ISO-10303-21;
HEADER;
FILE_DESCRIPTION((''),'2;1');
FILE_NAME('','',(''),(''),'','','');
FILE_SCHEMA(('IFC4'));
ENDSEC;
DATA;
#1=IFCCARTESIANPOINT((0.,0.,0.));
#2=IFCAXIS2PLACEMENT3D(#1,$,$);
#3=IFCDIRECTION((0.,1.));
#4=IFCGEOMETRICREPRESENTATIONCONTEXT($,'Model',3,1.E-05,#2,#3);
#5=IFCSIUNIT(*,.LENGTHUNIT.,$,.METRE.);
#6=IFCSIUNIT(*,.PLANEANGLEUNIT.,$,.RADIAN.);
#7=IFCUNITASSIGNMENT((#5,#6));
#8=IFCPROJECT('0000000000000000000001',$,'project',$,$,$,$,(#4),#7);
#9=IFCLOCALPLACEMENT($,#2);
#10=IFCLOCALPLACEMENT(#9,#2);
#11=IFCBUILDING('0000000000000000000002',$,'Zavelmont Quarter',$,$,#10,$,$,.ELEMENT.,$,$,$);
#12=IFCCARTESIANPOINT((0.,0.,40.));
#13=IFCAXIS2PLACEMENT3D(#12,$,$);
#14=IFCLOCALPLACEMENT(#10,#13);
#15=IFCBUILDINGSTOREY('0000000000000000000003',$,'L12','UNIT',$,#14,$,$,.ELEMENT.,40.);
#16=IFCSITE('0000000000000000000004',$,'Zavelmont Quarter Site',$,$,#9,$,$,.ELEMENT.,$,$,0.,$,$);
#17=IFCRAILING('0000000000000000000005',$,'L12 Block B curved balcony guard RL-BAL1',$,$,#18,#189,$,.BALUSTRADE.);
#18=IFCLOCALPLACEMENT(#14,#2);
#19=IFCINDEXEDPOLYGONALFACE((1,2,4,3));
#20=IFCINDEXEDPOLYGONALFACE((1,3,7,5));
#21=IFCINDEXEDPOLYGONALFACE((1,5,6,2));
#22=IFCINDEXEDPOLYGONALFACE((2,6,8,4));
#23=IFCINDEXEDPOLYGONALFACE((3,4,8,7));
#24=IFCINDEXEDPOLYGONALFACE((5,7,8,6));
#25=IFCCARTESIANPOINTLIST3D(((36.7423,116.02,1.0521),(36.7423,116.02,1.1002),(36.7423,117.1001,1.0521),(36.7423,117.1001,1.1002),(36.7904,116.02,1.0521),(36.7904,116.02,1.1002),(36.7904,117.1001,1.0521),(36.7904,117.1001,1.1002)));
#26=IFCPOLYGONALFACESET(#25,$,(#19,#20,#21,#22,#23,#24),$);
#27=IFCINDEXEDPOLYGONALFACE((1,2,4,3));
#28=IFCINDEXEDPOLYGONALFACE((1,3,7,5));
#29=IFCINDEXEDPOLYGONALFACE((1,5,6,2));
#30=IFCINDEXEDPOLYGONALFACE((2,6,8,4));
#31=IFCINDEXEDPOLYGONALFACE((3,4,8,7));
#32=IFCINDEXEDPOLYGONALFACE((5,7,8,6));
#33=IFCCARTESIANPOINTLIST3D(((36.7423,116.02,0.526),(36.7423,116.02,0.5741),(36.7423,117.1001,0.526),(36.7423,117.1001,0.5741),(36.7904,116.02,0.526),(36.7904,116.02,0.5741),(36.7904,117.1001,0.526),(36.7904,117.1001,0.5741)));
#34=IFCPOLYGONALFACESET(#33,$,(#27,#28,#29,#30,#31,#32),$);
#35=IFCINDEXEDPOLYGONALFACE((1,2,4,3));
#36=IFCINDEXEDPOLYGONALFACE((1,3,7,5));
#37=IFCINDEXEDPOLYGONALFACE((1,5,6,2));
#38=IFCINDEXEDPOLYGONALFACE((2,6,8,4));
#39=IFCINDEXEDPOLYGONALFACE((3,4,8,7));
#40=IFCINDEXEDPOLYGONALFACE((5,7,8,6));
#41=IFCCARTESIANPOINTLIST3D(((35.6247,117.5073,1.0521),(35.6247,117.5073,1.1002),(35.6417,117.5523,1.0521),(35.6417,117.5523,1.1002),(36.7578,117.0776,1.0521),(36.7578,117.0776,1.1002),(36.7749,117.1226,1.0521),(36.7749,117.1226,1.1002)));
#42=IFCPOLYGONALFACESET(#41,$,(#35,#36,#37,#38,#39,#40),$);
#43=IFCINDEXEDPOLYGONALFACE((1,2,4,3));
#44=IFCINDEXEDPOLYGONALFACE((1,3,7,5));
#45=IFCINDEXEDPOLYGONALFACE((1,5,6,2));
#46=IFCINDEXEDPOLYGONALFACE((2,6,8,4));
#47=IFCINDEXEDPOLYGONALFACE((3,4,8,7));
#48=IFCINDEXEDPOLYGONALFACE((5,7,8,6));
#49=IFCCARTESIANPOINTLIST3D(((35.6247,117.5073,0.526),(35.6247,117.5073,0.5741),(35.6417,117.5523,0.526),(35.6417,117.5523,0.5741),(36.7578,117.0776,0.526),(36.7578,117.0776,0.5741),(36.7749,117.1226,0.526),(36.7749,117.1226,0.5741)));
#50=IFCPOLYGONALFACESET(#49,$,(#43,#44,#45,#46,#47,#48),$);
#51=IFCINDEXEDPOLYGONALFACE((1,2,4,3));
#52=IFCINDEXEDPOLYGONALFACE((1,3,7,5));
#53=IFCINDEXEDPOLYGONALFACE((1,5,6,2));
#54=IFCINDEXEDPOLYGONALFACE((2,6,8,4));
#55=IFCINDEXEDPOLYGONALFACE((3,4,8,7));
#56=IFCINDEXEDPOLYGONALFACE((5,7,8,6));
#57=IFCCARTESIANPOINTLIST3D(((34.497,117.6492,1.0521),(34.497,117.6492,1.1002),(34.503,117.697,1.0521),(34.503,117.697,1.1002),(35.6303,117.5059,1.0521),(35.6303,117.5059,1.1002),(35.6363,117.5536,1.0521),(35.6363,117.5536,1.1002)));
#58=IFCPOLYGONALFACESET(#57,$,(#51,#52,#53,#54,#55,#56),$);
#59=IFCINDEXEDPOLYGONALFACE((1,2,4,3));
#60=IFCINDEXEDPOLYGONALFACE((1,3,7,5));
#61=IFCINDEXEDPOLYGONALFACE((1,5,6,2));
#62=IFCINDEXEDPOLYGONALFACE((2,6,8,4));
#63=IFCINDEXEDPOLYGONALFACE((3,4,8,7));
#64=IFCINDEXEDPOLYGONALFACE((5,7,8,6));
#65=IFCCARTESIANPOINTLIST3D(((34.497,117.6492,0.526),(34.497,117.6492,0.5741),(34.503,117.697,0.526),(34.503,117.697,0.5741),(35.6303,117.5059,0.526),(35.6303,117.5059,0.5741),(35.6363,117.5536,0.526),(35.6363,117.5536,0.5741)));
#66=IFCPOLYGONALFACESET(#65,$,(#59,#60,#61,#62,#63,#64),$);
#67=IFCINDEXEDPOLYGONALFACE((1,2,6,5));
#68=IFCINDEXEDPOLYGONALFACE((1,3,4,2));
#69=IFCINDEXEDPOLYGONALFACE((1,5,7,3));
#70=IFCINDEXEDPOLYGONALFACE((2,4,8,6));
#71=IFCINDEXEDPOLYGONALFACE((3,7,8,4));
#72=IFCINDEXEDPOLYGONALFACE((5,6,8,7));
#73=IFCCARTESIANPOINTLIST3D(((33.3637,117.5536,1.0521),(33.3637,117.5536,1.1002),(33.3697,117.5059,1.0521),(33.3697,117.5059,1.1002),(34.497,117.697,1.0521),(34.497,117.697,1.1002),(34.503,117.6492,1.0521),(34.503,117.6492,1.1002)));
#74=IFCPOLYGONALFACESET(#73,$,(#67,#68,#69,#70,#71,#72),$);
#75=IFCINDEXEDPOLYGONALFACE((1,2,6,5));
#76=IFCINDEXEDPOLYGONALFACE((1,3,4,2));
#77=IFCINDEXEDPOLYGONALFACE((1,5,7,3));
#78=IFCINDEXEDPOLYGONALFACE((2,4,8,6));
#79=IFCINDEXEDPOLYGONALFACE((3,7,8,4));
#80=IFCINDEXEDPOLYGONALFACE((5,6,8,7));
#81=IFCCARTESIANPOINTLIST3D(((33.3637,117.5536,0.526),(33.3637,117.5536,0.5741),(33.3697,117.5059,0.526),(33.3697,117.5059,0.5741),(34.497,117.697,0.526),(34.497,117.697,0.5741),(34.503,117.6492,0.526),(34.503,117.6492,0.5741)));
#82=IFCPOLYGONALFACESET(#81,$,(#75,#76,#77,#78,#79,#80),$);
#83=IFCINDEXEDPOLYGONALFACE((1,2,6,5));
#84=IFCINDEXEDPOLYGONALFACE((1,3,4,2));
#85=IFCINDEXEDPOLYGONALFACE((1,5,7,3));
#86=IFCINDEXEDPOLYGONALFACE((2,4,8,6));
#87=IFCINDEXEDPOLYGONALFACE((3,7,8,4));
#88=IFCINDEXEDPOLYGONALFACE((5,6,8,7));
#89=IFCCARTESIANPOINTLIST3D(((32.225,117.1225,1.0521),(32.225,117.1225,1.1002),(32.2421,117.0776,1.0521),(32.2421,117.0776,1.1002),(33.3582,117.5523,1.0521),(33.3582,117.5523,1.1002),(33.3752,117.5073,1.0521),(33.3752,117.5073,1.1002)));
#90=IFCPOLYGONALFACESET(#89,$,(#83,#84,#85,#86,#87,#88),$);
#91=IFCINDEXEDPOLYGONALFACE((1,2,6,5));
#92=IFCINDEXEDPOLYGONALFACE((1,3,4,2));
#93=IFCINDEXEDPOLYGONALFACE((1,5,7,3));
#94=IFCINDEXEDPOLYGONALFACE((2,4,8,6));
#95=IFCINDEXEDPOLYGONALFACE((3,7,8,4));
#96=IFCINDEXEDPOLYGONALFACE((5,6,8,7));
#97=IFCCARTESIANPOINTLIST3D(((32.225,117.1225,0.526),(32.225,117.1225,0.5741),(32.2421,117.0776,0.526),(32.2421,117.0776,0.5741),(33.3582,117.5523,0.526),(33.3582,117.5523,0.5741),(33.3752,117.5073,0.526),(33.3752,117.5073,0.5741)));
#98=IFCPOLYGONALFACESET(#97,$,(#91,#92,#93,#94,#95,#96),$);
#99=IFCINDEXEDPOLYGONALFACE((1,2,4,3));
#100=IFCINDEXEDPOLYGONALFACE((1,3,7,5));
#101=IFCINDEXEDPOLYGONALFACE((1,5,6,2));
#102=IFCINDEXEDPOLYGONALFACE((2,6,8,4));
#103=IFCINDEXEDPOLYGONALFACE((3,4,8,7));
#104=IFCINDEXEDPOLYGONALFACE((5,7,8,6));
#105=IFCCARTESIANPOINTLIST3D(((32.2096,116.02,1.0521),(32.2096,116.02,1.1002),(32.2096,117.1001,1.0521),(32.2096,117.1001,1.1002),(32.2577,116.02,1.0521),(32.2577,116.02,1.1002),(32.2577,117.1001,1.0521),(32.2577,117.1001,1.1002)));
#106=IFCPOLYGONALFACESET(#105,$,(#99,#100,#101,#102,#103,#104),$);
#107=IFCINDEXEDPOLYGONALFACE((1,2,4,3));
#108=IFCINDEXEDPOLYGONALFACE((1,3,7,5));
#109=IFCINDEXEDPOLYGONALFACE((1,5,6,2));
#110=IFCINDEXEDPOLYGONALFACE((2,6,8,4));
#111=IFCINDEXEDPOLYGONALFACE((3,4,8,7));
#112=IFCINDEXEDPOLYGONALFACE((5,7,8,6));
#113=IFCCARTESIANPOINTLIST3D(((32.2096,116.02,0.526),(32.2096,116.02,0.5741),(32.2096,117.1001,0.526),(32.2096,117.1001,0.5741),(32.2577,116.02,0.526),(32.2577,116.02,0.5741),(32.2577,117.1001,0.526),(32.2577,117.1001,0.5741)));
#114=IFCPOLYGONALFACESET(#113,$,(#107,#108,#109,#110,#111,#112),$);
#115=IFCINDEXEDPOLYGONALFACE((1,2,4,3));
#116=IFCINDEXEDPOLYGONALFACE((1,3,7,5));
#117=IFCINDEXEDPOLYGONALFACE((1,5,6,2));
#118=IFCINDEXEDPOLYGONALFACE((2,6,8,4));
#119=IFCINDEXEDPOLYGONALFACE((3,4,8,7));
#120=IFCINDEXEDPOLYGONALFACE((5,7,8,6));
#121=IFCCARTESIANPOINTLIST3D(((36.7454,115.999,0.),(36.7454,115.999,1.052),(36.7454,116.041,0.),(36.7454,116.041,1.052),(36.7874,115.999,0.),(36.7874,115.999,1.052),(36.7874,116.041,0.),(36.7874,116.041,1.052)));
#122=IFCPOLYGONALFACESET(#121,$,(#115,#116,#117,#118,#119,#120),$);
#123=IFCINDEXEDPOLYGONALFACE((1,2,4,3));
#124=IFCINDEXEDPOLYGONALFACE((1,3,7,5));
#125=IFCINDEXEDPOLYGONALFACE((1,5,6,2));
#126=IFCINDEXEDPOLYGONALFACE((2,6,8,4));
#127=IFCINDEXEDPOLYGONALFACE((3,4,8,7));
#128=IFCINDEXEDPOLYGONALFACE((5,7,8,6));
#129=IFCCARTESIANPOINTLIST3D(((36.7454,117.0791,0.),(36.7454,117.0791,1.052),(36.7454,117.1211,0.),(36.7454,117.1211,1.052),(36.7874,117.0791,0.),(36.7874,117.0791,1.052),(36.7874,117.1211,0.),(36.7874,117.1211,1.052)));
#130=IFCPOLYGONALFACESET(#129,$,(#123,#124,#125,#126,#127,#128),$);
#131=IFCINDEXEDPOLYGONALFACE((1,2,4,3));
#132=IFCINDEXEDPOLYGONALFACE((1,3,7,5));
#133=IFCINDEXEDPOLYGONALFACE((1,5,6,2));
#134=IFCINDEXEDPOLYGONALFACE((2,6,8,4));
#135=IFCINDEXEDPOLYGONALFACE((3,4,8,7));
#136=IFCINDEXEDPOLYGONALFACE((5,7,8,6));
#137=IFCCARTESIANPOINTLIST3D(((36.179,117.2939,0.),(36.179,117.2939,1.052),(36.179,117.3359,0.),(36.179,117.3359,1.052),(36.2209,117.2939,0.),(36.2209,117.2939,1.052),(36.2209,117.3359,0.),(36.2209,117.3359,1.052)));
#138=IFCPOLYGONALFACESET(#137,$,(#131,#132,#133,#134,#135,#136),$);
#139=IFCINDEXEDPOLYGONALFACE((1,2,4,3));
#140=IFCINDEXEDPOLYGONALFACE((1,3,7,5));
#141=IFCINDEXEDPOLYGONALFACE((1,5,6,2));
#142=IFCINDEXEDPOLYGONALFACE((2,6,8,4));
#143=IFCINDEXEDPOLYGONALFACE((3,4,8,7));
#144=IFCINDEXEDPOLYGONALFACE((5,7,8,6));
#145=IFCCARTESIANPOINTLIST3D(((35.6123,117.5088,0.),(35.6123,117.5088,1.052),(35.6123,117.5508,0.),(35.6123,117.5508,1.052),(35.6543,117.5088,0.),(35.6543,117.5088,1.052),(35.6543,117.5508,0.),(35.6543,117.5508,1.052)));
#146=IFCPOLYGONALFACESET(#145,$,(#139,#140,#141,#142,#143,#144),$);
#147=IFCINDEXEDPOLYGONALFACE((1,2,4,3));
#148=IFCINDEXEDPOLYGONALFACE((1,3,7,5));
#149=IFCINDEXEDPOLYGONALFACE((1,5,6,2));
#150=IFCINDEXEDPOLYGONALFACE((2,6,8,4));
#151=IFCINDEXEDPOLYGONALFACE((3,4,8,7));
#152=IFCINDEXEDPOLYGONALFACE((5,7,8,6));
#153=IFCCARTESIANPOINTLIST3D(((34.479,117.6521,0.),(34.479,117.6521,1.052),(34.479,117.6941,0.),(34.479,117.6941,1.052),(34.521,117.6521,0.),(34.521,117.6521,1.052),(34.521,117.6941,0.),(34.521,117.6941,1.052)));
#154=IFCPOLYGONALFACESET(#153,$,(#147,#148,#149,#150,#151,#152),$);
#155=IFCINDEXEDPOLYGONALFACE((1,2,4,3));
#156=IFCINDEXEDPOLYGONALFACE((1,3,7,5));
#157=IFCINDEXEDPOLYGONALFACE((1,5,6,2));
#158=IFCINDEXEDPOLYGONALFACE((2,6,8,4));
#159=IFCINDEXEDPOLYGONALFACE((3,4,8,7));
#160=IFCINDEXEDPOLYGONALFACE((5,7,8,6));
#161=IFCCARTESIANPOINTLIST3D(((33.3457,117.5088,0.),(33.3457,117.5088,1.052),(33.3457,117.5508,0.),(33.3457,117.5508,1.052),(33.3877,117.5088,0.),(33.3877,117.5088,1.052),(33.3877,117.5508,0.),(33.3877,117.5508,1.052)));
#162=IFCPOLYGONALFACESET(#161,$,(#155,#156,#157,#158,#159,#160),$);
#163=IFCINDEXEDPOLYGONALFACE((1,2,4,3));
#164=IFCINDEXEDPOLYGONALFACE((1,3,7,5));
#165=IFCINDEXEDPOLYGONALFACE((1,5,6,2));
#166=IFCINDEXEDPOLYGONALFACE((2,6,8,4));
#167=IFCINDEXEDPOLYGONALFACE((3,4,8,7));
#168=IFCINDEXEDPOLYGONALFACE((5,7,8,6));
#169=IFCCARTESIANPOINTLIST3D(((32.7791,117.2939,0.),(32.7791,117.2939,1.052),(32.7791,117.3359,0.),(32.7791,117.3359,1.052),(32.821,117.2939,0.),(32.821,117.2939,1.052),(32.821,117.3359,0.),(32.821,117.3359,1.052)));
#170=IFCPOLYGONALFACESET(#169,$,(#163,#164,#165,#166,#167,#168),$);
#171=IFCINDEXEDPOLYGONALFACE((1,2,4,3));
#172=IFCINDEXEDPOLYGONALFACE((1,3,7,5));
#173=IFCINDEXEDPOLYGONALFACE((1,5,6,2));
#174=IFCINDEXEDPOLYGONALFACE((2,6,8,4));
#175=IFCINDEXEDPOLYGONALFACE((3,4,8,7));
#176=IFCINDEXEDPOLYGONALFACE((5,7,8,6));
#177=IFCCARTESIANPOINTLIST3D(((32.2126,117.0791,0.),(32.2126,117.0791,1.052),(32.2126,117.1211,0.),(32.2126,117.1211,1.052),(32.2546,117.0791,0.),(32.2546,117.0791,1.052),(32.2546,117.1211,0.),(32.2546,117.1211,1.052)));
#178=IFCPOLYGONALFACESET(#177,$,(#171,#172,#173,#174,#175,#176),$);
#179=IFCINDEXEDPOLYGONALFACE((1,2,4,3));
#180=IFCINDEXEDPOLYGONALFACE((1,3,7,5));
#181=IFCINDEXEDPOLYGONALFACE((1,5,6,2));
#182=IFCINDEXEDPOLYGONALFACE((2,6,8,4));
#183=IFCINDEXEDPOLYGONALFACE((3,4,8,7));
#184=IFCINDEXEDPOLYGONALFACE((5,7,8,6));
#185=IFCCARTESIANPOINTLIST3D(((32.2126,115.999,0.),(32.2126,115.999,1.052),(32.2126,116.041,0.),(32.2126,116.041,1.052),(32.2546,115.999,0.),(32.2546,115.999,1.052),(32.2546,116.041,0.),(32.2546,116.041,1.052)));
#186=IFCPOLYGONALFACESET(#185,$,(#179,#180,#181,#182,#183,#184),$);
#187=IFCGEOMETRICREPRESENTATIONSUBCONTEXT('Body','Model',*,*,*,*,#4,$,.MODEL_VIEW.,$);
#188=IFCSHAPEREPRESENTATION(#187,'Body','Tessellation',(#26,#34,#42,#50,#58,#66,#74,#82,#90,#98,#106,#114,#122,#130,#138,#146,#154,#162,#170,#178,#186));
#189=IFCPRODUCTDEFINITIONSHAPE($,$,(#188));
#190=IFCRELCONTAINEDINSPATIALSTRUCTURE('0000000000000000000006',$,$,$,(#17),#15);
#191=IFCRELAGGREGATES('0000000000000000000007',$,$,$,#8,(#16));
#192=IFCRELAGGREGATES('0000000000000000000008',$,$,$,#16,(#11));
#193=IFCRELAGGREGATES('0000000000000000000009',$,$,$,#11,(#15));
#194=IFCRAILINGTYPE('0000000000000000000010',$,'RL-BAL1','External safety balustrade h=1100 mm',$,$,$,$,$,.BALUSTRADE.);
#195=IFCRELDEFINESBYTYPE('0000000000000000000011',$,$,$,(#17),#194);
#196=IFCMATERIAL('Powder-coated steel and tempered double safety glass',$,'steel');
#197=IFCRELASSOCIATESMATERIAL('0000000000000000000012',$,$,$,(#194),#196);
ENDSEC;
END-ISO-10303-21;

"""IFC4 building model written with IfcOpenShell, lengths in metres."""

from ifc_helpers import new_model, si_unit, direction, frame, origin, origin_2d, place, context, subcontext, project, spatial, rectangle, extrude, material, type_object, element, save


model = new_model("IFC4")

# Units and contexts
model_context = context("Model", 3, precision=1e-05, world=origin(), true_north=direction((0.0, 1.0)))
body_context = subcontext(model_context, "Body", "Model", "MODEL_VIEW")
ifc_project = project(units=[si_unit("LENGTHUNIT", "METRE"), si_unit("PLANEANGLEUNIT", "RADIAN")], contexts=[model_context])

# Site, building, storey
site_placement = place(None, origin())
site = spatial("IfcSite", under=ifc_project, at=site_placement, Name="Zavelmont Quarter Site", CompositionType="ELEMENT", RefElevation=0.0)
building_placement = place(site_placement, origin())
building = spatial("IfcBuilding", under=site, at=building_placement, Name="Zavelmont Quarter", CompositionType="ELEMENT")
storey_placement = place(building_placement, frame((0.0, 0.0, 40.0)))
storey = spatial("IfcBuildingStorey", under=building, at=storey_placement, Name="L12", Description="UNIT", CompositionType="ELEMENT", Elevation=40.0)

# Railing
ifc_material_1 = material(Name="Powder-coated steel and tempered double safety glass", Category="steel")
railing_type = type_object("IfcRailingType", Name="RL-BAL1", Description="External safety balustrade h=1100 mm", PredefinedType="BALUSTRADE", material=ifc_material_1)
railing_placement = place(storey_placement, frame((36.7664, 116.02, 0.0)))
element("IfcRailing", 1, at=railing_placement, inside=storey, type_object=railing_type, Name="L12 Block B curved balcony guard RL-BAL1", PredefinedType="BALUSTRADE", context=body_context, shape_type="SweptSolid", body=[
    extrude(rectangle(XDim=0.0481, YDim=0.0481, at=origin_2d()), frame((0.0, 0.0, 1.0762), z_axis=(0.0, 1.0, 0.0), x_axis=(-1.0, 0.0, 0.0)), (0.0, 0.0, 1.0), 1.0801),
    extrude(rectangle(XDim=0.0481, YDim=0.0481, at=origin_2d()), frame((0.0, 0.0, 0.55), z_axis=(0.0, 1.0, 0.0), x_axis=(-1.0, 0.0, 0.0)), (0.0, 0.0, 1.0), 1.0801),
    extrude(rectangle(XDim=0.0481, YDim=0.0481, at=origin_2d()), frame((0.0, 1.0801, 1.0762), z_axis=(-0.935023, 0.354587, 0.0), x_axis=(-0.354587, -0.935023, 0.0)), (0.0, 0.0, 1.0), 1.2119),
    extrude(rectangle(XDim=0.0481, YDim=0.0481, at=origin_2d()), frame((0.0, 1.0801, 0.55), z_axis=(-0.935023, 0.354587, 0.0), x_axis=(-0.354587, -0.935023, 0.0)), (0.0, 0.0, 1.0), 1.2119),
    extrude(rectangle(XDim=0.0481, YDim=0.0481, at=origin_2d()), frame((-1.1331, 1.5098, 1.0762), z_axis=(-0.992099, 0.125455, 0.0), x_axis=(-0.125455, -0.992099, 0.0)), (0.0, 0.0, 1.0), 1.1423),
    extrude(rectangle(XDim=0.0481, YDim=0.0481, at=origin_2d()), frame((-1.1331, 1.5098, 0.55), z_axis=(-0.992099, 0.125455, 0.0), x_axis=(-0.125455, -0.992099, 0.0)), (0.0, 0.0, 1.0), 1.1423),
    extrude(rectangle(XDim=0.0481, YDim=0.0481, at=origin_2d()), frame((-2.2664, 1.6531, 1.0762), z_axis=(-0.992099, -0.125455, 0.0), x_axis=(0.125455, -0.992099, 0.0)), (0.0, 0.0, 1.0), 1.1423),
    extrude(rectangle(XDim=0.0481, YDim=0.0481, at=origin_2d()), frame((-2.2664, 1.6531, 0.55), z_axis=(-0.992099, -0.125455, 0.0), x_axis=(0.125455, -0.992099, 0.0)), (0.0, 0.0, 1.0), 1.1423),
    extrude(rectangle(XDim=0.0481, YDim=0.0481, at=origin_2d()), frame((-3.3997, 1.5098, 1.0762), z_axis=(-0.935023, -0.354587, 0.0), x_axis=(0.354587, -0.935023, 0.0)), (0.0, 0.0, 1.0), 1.2119),
    extrude(rectangle(XDim=0.0481, YDim=0.0481, at=origin_2d()), frame((-3.3997, 1.5098, 0.55), z_axis=(-0.935023, -0.354587, 0.0), x_axis=(0.354587, -0.935023, 0.0)), (0.0, 0.0, 1.0), 1.2119),
    extrude(rectangle(XDim=0.0481, YDim=0.0481, at=origin_2d()), frame((-4.5327, 1.0801, 1.0762), z_axis=(0.0, -1.0, 0.0), x_axis=(1.0, 0.0, 0.0)), (0.0, 0.0, 1.0), 1.0801),
    extrude(rectangle(XDim=0.0481, YDim=0.0481, at=origin_2d()), frame((-4.5327, 1.0801, 0.55), z_axis=(0.0, -1.0, 0.0), x_axis=(1.0, 0.0, 0.0)), (0.0, 0.0, 1.0), 1.0801),
    extrude(rectangle(XDim=0.042, YDim=0.042, at=origin_2d()), origin(), (0.0, 0.0, 1.0), 1.052),
    extrude(rectangle(XDim=0.042, YDim=0.042, at=origin_2d()), frame((0.0, 1.0801, 0.0)), (0.0, 0.0, 1.0), 1.052),
    extrude(rectangle(XDim=0.042, YDim=0.042, at=origin_2d()), frame((-0.5664, 1.2949, 0.0)), (0.0, 0.0, 1.0), 1.052),
    extrude(rectangle(XDim=0.042, YDim=0.042, at=origin_2d()), frame((-1.1331, 1.5098, 0.0)), (0.0, 0.0, 1.0), 1.052),
    extrude(rectangle(XDim=0.042, YDim=0.042, at=origin_2d()), frame((-2.2664, 1.6531, 0.0)), (0.0, 0.0, 1.0), 1.052),
    extrude(rectangle(XDim=0.042, YDim=0.042, at=origin_2d()), frame((-3.3997, 1.5098, 0.0)), (0.0, 0.0, 1.0), 1.052),
    extrude(rectangle(XDim=0.042, YDim=0.042, at=origin_2d()), frame((-3.9663, 1.2949, 0.0)), (0.0, 0.0, 1.0), 1.052),
    extrude(rectangle(XDim=0.042, YDim=0.042, at=origin_2d()), frame((-4.5327, 1.0801, 0.0)), (0.0, 0.0, 1.0), 1.052),
    extrude(rectangle(XDim=0.042, YDim=0.042, at=origin_2d()), frame((-4.5327, 0.0, 0.0)), (0.0, 0.0, 1.0), 1.052),
])

save(model, "model.ifc")
